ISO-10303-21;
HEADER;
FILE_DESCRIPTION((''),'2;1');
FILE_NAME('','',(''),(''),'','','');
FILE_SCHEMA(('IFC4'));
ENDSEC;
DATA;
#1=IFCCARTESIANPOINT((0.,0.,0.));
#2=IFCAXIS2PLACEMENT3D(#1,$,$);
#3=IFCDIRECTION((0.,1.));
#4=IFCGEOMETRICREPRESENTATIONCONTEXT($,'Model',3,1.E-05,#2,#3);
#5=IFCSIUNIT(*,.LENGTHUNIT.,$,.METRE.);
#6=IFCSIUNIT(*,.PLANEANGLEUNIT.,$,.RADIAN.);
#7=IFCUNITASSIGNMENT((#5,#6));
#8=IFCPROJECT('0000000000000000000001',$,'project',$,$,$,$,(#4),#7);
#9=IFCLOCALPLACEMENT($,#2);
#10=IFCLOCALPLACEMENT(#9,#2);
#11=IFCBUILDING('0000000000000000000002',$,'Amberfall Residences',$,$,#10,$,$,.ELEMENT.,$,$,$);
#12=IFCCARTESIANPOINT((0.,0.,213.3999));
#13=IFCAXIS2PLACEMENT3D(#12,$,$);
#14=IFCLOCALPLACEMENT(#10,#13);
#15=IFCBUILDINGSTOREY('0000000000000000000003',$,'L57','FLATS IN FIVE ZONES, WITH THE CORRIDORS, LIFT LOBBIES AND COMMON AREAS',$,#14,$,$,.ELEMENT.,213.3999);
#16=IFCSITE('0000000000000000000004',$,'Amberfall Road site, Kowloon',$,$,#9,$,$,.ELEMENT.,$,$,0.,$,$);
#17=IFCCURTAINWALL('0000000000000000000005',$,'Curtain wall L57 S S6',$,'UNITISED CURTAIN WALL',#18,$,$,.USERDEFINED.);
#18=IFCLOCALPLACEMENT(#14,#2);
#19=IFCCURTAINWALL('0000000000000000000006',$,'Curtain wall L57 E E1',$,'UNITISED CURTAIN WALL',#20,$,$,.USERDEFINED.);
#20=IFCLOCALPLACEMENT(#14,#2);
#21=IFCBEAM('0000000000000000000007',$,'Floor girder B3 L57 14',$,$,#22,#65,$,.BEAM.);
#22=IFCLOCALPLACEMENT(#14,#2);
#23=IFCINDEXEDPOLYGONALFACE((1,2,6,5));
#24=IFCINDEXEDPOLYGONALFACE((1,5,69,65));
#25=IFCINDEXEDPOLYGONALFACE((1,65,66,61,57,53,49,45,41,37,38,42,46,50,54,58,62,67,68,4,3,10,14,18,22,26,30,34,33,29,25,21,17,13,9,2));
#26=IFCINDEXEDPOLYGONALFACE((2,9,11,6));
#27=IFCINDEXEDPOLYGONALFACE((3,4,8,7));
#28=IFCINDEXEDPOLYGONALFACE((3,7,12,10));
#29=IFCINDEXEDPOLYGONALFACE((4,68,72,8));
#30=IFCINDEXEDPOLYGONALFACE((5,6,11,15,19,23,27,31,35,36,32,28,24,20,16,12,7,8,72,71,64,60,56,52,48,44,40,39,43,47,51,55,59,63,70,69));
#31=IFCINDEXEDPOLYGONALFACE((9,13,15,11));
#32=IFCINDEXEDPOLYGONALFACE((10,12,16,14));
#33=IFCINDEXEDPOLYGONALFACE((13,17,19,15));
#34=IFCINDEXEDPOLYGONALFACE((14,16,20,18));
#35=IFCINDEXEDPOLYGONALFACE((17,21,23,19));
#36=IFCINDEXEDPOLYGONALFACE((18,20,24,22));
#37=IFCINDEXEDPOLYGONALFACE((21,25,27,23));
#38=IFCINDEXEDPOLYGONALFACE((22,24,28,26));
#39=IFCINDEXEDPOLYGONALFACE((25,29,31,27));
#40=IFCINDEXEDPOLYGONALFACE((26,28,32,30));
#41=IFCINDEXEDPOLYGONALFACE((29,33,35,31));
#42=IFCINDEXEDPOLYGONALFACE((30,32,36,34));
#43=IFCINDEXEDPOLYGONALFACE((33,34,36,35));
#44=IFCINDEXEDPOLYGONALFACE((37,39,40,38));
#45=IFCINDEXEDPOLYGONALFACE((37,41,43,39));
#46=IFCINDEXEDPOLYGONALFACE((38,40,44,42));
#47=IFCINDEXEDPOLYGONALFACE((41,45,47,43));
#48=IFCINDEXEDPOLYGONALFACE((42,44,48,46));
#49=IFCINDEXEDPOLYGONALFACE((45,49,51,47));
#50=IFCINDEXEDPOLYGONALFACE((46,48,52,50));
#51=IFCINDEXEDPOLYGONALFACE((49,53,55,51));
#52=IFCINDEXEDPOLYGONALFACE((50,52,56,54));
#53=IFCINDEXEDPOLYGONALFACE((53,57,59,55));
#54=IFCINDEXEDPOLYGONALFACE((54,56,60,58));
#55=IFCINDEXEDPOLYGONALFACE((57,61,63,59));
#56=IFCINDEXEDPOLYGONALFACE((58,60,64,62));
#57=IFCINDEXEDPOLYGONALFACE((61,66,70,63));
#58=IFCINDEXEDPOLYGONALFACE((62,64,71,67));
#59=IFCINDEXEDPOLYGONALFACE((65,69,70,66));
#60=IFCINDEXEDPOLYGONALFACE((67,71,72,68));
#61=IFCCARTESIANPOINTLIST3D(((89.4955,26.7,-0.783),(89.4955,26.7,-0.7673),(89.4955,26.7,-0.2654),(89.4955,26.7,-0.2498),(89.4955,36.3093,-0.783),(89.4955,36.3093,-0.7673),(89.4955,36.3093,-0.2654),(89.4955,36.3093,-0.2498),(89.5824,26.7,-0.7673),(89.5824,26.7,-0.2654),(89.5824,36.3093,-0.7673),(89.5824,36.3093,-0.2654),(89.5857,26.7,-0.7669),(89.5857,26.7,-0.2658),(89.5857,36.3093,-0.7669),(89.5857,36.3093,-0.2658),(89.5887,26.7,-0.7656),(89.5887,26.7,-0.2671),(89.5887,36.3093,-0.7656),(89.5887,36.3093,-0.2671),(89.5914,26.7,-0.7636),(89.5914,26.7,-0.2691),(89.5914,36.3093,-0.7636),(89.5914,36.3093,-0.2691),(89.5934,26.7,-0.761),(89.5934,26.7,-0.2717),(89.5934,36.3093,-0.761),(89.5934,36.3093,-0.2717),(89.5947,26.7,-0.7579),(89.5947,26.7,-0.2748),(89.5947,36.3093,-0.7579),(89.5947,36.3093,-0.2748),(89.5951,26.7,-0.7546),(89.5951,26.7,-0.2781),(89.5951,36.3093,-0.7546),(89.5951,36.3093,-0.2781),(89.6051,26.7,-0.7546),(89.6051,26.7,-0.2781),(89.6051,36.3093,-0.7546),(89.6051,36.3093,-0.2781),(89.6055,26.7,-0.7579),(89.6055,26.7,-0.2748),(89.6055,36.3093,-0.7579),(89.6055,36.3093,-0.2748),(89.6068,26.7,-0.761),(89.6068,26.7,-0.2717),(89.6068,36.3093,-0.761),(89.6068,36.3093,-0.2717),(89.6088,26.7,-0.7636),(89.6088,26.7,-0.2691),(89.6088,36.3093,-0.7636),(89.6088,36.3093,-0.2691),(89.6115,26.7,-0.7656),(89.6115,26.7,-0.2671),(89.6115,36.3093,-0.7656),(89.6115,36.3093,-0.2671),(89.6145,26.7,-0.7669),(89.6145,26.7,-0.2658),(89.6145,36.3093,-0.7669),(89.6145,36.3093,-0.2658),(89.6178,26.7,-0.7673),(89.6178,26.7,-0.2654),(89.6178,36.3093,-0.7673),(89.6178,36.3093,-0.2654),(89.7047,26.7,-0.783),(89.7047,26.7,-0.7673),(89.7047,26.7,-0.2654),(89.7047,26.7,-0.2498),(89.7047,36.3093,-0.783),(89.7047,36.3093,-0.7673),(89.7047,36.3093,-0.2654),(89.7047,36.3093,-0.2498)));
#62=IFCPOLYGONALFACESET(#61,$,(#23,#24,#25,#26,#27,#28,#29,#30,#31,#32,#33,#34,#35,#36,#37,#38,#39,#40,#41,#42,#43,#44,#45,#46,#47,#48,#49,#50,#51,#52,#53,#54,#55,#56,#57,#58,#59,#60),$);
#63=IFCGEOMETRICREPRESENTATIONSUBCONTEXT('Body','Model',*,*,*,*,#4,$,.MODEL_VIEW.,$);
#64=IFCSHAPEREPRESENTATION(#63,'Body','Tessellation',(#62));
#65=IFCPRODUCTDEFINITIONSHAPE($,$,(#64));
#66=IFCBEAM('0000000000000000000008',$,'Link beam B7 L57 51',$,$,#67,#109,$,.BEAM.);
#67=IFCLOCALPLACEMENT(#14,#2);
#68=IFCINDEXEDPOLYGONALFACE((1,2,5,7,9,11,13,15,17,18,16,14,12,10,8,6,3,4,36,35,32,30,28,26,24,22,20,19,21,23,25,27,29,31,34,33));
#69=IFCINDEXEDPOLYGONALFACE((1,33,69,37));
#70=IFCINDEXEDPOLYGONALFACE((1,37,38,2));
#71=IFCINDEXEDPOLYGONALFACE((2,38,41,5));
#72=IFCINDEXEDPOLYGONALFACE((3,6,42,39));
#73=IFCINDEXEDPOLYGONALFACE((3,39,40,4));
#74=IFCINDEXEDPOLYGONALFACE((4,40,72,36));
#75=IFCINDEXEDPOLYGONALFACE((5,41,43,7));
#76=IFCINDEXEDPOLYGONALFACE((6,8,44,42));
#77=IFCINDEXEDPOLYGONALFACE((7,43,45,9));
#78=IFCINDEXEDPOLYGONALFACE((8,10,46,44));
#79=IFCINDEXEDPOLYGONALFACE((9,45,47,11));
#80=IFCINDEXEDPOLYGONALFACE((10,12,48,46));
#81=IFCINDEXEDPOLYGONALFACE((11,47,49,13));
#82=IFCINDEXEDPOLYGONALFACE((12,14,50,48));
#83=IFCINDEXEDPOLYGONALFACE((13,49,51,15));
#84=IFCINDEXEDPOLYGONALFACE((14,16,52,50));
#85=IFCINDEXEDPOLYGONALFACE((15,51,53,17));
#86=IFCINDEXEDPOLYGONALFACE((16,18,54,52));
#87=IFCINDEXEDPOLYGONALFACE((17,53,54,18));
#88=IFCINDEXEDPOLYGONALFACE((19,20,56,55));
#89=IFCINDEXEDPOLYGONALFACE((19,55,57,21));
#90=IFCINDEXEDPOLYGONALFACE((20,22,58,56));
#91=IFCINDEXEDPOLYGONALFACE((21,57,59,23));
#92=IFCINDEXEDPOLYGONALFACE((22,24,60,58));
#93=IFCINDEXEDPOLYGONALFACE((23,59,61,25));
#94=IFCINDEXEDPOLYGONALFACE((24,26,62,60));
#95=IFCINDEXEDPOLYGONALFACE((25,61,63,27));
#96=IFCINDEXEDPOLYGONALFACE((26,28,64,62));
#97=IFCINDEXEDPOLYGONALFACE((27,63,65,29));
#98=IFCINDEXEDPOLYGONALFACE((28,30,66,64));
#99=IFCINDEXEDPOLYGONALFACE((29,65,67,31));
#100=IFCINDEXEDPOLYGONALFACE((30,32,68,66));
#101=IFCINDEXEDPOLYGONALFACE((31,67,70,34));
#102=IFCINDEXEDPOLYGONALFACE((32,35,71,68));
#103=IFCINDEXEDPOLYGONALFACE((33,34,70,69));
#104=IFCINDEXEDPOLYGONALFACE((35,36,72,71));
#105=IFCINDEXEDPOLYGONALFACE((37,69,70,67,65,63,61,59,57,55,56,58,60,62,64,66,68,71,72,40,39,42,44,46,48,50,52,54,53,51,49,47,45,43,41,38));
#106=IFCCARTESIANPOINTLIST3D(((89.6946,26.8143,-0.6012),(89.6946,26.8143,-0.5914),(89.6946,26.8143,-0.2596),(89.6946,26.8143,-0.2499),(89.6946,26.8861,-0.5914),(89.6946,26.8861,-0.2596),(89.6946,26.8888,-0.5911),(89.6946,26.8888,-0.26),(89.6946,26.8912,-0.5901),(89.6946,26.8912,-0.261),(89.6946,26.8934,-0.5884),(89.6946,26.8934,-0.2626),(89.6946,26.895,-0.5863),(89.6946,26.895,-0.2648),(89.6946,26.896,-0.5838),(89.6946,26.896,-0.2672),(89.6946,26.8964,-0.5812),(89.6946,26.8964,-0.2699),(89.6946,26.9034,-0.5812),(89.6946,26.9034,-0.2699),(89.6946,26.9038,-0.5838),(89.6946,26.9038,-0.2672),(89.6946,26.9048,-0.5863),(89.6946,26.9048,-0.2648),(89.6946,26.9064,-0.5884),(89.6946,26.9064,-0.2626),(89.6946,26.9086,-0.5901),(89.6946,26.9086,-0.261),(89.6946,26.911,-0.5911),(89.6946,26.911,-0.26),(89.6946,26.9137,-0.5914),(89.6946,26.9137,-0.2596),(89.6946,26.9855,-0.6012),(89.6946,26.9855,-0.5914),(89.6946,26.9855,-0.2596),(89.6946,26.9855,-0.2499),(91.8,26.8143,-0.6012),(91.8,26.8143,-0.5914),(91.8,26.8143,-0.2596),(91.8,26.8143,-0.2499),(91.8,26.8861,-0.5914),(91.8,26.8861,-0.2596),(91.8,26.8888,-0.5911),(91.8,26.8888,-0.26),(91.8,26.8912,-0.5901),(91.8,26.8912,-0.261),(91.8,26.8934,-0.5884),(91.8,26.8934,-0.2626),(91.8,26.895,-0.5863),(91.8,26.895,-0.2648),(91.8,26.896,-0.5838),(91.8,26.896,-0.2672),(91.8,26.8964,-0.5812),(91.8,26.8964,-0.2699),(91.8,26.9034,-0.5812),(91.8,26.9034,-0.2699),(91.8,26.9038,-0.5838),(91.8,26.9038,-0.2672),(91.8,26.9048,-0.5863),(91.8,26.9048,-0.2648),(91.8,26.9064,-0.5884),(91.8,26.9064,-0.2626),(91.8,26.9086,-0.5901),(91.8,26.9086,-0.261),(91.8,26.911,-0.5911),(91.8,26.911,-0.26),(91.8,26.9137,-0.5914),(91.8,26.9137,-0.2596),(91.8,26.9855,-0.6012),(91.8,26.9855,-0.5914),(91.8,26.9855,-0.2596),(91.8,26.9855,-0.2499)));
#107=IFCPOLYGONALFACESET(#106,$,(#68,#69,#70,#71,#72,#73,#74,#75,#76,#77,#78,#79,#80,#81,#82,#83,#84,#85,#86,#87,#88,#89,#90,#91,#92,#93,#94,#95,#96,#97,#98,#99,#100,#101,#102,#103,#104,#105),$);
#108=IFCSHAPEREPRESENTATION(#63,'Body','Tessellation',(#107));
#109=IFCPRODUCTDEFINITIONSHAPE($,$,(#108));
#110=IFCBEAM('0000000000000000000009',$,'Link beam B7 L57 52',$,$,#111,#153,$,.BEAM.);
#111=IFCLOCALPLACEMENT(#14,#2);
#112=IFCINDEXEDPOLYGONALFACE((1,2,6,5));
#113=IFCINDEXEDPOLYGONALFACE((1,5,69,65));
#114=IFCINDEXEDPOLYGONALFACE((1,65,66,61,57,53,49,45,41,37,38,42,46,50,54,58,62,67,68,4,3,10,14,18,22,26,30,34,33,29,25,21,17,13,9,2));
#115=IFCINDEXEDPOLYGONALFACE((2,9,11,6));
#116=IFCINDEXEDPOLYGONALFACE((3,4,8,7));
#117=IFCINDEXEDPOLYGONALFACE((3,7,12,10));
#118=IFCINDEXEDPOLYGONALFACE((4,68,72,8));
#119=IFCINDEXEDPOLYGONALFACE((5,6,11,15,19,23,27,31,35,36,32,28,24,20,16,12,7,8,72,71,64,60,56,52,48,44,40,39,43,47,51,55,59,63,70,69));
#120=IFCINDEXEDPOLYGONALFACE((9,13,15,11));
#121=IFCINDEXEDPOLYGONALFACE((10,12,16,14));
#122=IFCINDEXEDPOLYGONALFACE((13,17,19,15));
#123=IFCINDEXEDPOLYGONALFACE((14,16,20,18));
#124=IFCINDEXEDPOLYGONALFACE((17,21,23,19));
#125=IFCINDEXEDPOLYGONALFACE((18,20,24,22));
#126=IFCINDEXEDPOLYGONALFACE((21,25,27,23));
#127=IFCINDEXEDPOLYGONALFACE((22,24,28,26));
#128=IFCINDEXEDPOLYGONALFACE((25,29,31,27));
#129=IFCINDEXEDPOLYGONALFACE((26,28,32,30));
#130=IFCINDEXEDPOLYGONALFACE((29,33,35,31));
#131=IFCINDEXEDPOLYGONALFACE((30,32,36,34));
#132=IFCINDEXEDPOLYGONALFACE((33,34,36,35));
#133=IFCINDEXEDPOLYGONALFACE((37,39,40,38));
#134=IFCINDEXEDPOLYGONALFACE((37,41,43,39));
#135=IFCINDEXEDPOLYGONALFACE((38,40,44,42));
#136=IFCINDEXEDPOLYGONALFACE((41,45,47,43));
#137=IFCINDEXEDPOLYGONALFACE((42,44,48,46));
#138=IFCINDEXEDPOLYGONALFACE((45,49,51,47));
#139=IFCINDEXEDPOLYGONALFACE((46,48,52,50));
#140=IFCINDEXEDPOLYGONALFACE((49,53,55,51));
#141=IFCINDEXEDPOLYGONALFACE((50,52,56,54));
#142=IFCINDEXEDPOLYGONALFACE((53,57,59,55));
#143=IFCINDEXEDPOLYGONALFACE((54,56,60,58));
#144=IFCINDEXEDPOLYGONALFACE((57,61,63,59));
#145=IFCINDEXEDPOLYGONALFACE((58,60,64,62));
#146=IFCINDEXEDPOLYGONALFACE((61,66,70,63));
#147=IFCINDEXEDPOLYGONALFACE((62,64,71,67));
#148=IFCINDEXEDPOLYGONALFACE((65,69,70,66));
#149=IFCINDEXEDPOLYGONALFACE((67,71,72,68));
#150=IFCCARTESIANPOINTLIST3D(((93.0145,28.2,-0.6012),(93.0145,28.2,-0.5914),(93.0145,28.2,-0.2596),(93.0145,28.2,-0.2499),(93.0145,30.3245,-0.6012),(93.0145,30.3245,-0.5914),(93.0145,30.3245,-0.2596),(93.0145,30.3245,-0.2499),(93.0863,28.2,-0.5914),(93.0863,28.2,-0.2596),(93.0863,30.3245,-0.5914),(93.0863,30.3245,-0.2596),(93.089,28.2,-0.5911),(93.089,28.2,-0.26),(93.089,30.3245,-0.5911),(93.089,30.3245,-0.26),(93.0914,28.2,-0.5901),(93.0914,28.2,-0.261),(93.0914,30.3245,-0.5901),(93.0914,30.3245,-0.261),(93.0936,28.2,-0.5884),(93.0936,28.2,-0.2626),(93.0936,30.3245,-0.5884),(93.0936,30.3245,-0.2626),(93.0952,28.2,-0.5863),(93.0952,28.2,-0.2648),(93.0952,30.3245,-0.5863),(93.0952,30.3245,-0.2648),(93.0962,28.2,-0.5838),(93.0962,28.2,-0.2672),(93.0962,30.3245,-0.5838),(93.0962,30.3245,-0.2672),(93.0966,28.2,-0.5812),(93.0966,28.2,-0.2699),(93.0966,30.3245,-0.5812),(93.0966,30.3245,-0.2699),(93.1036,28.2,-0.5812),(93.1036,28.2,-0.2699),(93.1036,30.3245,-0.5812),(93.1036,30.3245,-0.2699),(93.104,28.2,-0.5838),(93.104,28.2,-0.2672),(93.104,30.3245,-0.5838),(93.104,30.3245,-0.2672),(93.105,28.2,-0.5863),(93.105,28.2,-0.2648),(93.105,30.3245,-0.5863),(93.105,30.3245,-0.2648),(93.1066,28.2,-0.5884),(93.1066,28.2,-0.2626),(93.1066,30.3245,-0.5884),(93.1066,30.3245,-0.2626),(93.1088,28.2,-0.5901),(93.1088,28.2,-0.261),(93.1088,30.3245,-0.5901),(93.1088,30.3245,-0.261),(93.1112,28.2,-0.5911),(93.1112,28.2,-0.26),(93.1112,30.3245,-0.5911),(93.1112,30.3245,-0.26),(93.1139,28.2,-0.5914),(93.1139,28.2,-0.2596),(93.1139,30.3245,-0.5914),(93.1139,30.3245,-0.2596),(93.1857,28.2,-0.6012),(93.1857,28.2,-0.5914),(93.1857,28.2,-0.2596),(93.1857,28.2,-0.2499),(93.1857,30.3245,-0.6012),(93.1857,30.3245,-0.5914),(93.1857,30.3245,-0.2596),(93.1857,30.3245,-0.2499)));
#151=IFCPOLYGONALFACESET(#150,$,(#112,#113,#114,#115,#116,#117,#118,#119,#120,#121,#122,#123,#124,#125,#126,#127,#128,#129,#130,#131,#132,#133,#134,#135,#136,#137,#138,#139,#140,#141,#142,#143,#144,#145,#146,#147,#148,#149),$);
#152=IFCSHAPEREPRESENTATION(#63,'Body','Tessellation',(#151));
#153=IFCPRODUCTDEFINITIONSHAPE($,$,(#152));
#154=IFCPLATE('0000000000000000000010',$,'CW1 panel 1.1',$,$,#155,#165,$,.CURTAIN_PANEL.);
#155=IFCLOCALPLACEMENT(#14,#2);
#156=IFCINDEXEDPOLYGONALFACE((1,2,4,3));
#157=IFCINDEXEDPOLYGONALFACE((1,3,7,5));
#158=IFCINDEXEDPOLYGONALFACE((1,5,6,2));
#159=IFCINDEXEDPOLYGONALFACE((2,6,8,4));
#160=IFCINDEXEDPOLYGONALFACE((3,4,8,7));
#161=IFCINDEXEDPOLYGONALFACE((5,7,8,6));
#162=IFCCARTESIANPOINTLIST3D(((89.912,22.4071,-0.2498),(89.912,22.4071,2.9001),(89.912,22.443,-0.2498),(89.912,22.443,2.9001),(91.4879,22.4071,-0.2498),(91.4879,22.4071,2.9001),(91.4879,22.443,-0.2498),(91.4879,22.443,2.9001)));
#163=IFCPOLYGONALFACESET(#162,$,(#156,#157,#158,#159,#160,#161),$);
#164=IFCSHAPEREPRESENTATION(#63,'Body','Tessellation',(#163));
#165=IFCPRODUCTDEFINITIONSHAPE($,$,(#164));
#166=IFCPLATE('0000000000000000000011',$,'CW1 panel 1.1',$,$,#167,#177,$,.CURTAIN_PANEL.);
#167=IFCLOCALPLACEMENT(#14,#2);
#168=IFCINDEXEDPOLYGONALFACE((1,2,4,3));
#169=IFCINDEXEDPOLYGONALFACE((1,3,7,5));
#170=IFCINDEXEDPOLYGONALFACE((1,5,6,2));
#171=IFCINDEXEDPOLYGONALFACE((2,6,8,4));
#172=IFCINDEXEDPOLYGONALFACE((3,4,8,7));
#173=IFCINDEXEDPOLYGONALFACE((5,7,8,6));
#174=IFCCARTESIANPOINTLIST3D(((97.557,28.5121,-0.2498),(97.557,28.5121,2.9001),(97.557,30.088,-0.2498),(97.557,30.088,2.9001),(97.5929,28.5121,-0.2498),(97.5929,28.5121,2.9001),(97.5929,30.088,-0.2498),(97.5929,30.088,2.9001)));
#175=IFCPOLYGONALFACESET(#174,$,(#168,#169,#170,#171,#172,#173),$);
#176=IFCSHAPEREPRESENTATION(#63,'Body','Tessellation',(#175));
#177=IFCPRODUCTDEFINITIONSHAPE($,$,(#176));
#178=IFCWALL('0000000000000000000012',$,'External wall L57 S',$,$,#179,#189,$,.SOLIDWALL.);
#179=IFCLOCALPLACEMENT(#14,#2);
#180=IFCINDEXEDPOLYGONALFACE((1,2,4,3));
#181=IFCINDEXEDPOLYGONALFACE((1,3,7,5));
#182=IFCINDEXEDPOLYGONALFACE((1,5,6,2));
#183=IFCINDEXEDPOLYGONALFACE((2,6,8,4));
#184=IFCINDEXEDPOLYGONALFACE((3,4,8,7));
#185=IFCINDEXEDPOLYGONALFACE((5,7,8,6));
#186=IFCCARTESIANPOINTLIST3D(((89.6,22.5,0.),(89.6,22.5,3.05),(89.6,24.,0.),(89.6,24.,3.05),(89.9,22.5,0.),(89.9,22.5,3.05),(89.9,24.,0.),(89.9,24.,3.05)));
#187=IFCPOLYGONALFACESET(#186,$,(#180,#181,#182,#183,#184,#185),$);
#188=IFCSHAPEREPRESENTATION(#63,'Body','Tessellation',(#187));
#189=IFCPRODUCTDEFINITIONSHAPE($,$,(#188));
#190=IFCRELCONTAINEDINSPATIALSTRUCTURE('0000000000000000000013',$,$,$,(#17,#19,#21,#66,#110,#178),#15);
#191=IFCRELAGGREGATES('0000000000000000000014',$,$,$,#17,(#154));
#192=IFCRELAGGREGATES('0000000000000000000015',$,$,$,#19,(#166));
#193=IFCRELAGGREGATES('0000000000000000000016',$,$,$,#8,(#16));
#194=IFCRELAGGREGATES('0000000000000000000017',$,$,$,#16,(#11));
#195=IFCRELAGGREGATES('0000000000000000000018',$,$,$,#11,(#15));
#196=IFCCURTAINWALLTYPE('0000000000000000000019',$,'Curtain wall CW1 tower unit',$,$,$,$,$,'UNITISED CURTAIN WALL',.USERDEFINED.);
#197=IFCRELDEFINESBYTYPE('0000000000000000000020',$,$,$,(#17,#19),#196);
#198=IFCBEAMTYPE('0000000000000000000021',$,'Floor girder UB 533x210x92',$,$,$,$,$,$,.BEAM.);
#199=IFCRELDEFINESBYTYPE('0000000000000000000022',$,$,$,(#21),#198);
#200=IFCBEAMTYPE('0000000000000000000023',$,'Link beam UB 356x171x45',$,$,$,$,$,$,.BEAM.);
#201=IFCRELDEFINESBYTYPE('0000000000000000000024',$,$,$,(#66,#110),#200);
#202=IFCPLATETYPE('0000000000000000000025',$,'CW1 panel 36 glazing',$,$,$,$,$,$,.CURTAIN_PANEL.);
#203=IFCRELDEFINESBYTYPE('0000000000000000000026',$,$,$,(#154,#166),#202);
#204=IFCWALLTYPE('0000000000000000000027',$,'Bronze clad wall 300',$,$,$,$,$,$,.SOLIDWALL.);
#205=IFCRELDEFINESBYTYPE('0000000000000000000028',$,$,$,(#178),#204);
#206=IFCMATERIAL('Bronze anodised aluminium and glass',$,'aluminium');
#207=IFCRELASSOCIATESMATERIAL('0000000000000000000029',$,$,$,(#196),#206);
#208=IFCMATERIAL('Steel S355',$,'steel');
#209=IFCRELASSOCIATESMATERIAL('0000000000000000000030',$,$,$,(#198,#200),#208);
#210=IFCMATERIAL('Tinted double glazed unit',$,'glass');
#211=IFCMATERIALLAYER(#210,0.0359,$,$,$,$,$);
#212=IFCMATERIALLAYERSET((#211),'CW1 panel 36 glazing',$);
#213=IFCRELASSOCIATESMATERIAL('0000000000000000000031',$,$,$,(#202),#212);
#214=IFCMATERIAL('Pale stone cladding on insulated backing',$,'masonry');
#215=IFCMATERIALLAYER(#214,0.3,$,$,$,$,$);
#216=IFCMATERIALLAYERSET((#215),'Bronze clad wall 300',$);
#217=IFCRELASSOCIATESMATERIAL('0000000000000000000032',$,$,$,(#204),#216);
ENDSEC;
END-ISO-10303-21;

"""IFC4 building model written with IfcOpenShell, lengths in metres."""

from ifc_helpers import new_model, si_unit, direction, frame, frame_2d, origin, origin_2d, place, context, subcontext, project, spatial, rectangle, i_section, extrude, material, layer, layer_set, material_profile, profile_set, type_object, element, aggregate, save


model = new_model("IFC4")

# Units and contexts
model_context = context("Model", 3, precision=1e-05, world=origin(), true_north=direction((0.0, 1.0)))
body_context = subcontext(model_context, "Body", "Model", "MODEL_VIEW")
ifc_project = project(units=[si_unit("LENGTHUNIT", "METRE"), si_unit("PLANEANGLEUNIT", "RADIAN")], contexts=[model_context])

# Site, building, storey
site_placement = place(None, origin())
site = spatial("IfcSite", under=ifc_project, at=site_placement, Name="Amberfall Road site, Kowloon", CompositionType="ELEMENT", RefElevation=0.0)
building_placement = place(site_placement, origin())
building = spatial("IfcBuilding", under=site, at=building_placement, Name="Amberfall Residences", CompositionType="ELEMENT")
storey_placement = place(building_placement, frame((0.0, 0.0, 213.3999)))
storey = spatial("IfcBuildingStorey", under=building, at=storey_placement, Name="L57", Description="FLATS IN FIVE ZONES, WITH THE CORRIDORS, LIFT LOBBIES AND COMMON AREAS", CompositionType="ELEMENT", Elevation=213.3999)

# Curtain walls
ifc_material_1 = material(Name="Bronze anodised aluminium and glass", Category="aluminium")
curtain_wall_type = type_object("IfcCurtainWallType", Name="Curtain wall CW1 tower unit", ElementType="UNITISED CURTAIN WALL", PredefinedType="USERDEFINED", material=ifc_material_1)
curtain_wall_1_placement = place(storey_placement, origin())
curtain_wall_1 = element("IfcCurtainWall", 1, at=curtain_wall_1_placement, inside=storey, type_object=curtain_wall_type, Name="Curtain wall L57 S S6", ObjectType="UNITISED CURTAIN WALL", PredefinedType="USERDEFINED")
curtain_wall_2_placement = place(storey_placement, origin())
curtain_wall_2 = element("IfcCurtainWall", 2, at=curtain_wall_2_placement, inside=storey, type_object=curtain_wall_type, Name="Curtain wall L57 E E1", ObjectType="UNITISED CURTAIN WALL", PredefinedType="USERDEFINED")

# Shared definitions
ifc_material_2 = material(Name="Steel S355", Category="steel")

# Beams
ifc_material_profile_1 = material_profile(ifc_material_2, i_section(OverallWidth=0.2092, OverallDepth=0.5332, WebThickness=0.01, FlangeThickness=0.0156, FilletRadius=0.0127, at=origin_2d()), Name="UB 533x210x92")
ifc_profile_set_1 = profile_set([ifc_material_profile_1], Name="Steel S355")
beam_type_1 = type_object("IfcBeamType", Name="Floor girder UB 533x210x92", PredefinedType="BEAM", material=ifc_profile_set_1)
beam_1_placement = place(storey_placement, frame((89.6001, 26.7, -0.5164), z_axis=(0.0, 1.0, 0.0), x_axis=(-1.0, 0.0, 0.0)))
element("IfcBeam", 3, at=beam_1_placement, inside=storey, type_object=beam_type_1, Name="Floor girder B3 L57 14", PredefinedType="BEAM", context=body_context, shape_type="SweptSolid", body=[
    extrude(i_section(OverallWidth=0.2092, OverallDepth=0.5332, WebThickness=0.01, FlangeThickness=0.0156, FilletRadius=0.0127, at=origin_2d()), origin(), (0.0, 0.0, 1.0), 9.6094),
])
ifc_material_profile_2 = material_profile(ifc_material_2, i_section(OverallWidth=0.1711, OverallDepth=0.3513, WebThickness=0.0071, FlangeThickness=0.0098, FilletRadius=0.0103, at=origin_2d()), Name="UB 356x171x45")
ifc_profile_set_2 = profile_set([ifc_material_profile_2], Name="Steel S355")
beam_type_2 = type_object("IfcBeamType", Name="Link beam UB 356x171x45", PredefinedType="BEAM", material=ifc_profile_set_2)
beam_2_placement = place(storey_placement, frame((91.8, 26.8999, -0.4255), z_axis=(-1.0, 0.0, 0.0), x_axis=(0.0, -1.0, 0.0)))
element("IfcBeam", 4, at=beam_2_placement, inside=storey, type_object=beam_type_2, Name="Link beam B7 L57 51", PredefinedType="BEAM", context=body_context, shape_type="SweptSolid", body=[
    extrude(i_section(OverallWidth=0.1711, OverallDepth=0.3513, WebThickness=0.0071, FlangeThickness=0.0098, FilletRadius=0.0103, at=origin_2d()), origin(), (0.0, 0.0, 1.0), 2.1055),
])
beam_3_placement = place(storey_placement, frame((93.1001, 28.2, -0.4255), z_axis=(0.0, 1.0, 0.0), x_axis=(-1.0, 0.0, 0.0)))
element("IfcBeam", 5, at=beam_3_placement, inside=storey, type_object=beam_type_2, Name="Link beam B7 L57 52", PredefinedType="BEAM", context=body_context, shape_type="SweptSolid", body=[
    extrude(i_section(OverallWidth=0.1711, OverallDepth=0.3513, WebThickness=0.0071, FlangeThickness=0.0098, FilletRadius=0.0103, at=origin_2d()), origin(), (0.0, 0.0, 1.0), 2.1245),
])

# Plates
ifc_material_3 = material(Name="Tinted double glazed unit", Category="glass")
ifc_layer_1 = layer(ifc_material_3, 0.0359)
ifc_layer_set_1 = layer_set([ifc_layer_1], Name="CW1 panel 36 glazing")
plate_type = type_object("IfcPlateType", Name="CW1 panel 36 glazing", PredefinedType="CURTAIN_PANEL", material=ifc_layer_set_1)
plate_1_placement = place(storey_placement, frame((90.7, 22.425, -0.2498), z_axis=(0.0, 0.0, 1.0), x_axis=(1.0, 0.0, 0.0)))
plate_1 = element("IfcPlate", 6, at=plate_1_placement, type_object=plate_type, Name="CW1 panel 1.1", PredefinedType="CURTAIN_PANEL", context=body_context, shape_type="SweptSolid", body=[
    extrude(rectangle(XDim=1.5759, YDim=0.0359, at=origin_2d()), origin(), (0.0, 0.0, 1.0), 3.1499),
])
aggregate(curtain_wall_1, [plate_1])
plate_2_placement = place(storey_placement, frame((97.575, 29.3, -0.2498), z_axis=(0.0, 0.0, 1.0), x_axis=(0.0, 1.0, 0.0)))
plate_2 = element("IfcPlate", 7, at=plate_2_placement, type_object=plate_type, Name="CW1 panel 1.1", PredefinedType="CURTAIN_PANEL", context=body_context, shape_type="SweptSolid", body=[
    extrude(rectangle(XDim=1.5759, YDim=0.0359, at=origin_2d()), origin(), (0.0, 0.0, 1.0), 3.1499),
])
aggregate(curtain_wall_2, [plate_2])

# Wall
ifc_material_4 = material(Name="Pale stone cladding on insulated backing", Category="masonry")
ifc_layer_2 = layer(ifc_material_4, 0.3)
ifc_layer_set_2 = layer_set([ifc_layer_2], Name="Bronze clad wall 300")
wall_type_1 = type_object("IfcWallType", Name="Bronze clad wall 300", PredefinedType="SOLIDWALL", material=ifc_layer_set_2)
wall_1_placement = place(storey_placement, frame((89.75, 24.0, 0.0), z_axis=(0.0, 0.0, 1.0), x_axis=(0.0, -1.0, 0.0)))
element("IfcWall", 8, at=wall_1_placement, inside=storey, type_object=wall_type_1, Name="External wall L57 S", PredefinedType="SOLIDWALL", context=body_context, shape_type="SweptSolid", body=[
    extrude(rectangle(XDim=1.5, YDim=0.3, at=frame_2d((0.75, 0.0))), origin(), (0.0, 0.0, 1.0), 3.05),
])

save(model, "model.ifc")
